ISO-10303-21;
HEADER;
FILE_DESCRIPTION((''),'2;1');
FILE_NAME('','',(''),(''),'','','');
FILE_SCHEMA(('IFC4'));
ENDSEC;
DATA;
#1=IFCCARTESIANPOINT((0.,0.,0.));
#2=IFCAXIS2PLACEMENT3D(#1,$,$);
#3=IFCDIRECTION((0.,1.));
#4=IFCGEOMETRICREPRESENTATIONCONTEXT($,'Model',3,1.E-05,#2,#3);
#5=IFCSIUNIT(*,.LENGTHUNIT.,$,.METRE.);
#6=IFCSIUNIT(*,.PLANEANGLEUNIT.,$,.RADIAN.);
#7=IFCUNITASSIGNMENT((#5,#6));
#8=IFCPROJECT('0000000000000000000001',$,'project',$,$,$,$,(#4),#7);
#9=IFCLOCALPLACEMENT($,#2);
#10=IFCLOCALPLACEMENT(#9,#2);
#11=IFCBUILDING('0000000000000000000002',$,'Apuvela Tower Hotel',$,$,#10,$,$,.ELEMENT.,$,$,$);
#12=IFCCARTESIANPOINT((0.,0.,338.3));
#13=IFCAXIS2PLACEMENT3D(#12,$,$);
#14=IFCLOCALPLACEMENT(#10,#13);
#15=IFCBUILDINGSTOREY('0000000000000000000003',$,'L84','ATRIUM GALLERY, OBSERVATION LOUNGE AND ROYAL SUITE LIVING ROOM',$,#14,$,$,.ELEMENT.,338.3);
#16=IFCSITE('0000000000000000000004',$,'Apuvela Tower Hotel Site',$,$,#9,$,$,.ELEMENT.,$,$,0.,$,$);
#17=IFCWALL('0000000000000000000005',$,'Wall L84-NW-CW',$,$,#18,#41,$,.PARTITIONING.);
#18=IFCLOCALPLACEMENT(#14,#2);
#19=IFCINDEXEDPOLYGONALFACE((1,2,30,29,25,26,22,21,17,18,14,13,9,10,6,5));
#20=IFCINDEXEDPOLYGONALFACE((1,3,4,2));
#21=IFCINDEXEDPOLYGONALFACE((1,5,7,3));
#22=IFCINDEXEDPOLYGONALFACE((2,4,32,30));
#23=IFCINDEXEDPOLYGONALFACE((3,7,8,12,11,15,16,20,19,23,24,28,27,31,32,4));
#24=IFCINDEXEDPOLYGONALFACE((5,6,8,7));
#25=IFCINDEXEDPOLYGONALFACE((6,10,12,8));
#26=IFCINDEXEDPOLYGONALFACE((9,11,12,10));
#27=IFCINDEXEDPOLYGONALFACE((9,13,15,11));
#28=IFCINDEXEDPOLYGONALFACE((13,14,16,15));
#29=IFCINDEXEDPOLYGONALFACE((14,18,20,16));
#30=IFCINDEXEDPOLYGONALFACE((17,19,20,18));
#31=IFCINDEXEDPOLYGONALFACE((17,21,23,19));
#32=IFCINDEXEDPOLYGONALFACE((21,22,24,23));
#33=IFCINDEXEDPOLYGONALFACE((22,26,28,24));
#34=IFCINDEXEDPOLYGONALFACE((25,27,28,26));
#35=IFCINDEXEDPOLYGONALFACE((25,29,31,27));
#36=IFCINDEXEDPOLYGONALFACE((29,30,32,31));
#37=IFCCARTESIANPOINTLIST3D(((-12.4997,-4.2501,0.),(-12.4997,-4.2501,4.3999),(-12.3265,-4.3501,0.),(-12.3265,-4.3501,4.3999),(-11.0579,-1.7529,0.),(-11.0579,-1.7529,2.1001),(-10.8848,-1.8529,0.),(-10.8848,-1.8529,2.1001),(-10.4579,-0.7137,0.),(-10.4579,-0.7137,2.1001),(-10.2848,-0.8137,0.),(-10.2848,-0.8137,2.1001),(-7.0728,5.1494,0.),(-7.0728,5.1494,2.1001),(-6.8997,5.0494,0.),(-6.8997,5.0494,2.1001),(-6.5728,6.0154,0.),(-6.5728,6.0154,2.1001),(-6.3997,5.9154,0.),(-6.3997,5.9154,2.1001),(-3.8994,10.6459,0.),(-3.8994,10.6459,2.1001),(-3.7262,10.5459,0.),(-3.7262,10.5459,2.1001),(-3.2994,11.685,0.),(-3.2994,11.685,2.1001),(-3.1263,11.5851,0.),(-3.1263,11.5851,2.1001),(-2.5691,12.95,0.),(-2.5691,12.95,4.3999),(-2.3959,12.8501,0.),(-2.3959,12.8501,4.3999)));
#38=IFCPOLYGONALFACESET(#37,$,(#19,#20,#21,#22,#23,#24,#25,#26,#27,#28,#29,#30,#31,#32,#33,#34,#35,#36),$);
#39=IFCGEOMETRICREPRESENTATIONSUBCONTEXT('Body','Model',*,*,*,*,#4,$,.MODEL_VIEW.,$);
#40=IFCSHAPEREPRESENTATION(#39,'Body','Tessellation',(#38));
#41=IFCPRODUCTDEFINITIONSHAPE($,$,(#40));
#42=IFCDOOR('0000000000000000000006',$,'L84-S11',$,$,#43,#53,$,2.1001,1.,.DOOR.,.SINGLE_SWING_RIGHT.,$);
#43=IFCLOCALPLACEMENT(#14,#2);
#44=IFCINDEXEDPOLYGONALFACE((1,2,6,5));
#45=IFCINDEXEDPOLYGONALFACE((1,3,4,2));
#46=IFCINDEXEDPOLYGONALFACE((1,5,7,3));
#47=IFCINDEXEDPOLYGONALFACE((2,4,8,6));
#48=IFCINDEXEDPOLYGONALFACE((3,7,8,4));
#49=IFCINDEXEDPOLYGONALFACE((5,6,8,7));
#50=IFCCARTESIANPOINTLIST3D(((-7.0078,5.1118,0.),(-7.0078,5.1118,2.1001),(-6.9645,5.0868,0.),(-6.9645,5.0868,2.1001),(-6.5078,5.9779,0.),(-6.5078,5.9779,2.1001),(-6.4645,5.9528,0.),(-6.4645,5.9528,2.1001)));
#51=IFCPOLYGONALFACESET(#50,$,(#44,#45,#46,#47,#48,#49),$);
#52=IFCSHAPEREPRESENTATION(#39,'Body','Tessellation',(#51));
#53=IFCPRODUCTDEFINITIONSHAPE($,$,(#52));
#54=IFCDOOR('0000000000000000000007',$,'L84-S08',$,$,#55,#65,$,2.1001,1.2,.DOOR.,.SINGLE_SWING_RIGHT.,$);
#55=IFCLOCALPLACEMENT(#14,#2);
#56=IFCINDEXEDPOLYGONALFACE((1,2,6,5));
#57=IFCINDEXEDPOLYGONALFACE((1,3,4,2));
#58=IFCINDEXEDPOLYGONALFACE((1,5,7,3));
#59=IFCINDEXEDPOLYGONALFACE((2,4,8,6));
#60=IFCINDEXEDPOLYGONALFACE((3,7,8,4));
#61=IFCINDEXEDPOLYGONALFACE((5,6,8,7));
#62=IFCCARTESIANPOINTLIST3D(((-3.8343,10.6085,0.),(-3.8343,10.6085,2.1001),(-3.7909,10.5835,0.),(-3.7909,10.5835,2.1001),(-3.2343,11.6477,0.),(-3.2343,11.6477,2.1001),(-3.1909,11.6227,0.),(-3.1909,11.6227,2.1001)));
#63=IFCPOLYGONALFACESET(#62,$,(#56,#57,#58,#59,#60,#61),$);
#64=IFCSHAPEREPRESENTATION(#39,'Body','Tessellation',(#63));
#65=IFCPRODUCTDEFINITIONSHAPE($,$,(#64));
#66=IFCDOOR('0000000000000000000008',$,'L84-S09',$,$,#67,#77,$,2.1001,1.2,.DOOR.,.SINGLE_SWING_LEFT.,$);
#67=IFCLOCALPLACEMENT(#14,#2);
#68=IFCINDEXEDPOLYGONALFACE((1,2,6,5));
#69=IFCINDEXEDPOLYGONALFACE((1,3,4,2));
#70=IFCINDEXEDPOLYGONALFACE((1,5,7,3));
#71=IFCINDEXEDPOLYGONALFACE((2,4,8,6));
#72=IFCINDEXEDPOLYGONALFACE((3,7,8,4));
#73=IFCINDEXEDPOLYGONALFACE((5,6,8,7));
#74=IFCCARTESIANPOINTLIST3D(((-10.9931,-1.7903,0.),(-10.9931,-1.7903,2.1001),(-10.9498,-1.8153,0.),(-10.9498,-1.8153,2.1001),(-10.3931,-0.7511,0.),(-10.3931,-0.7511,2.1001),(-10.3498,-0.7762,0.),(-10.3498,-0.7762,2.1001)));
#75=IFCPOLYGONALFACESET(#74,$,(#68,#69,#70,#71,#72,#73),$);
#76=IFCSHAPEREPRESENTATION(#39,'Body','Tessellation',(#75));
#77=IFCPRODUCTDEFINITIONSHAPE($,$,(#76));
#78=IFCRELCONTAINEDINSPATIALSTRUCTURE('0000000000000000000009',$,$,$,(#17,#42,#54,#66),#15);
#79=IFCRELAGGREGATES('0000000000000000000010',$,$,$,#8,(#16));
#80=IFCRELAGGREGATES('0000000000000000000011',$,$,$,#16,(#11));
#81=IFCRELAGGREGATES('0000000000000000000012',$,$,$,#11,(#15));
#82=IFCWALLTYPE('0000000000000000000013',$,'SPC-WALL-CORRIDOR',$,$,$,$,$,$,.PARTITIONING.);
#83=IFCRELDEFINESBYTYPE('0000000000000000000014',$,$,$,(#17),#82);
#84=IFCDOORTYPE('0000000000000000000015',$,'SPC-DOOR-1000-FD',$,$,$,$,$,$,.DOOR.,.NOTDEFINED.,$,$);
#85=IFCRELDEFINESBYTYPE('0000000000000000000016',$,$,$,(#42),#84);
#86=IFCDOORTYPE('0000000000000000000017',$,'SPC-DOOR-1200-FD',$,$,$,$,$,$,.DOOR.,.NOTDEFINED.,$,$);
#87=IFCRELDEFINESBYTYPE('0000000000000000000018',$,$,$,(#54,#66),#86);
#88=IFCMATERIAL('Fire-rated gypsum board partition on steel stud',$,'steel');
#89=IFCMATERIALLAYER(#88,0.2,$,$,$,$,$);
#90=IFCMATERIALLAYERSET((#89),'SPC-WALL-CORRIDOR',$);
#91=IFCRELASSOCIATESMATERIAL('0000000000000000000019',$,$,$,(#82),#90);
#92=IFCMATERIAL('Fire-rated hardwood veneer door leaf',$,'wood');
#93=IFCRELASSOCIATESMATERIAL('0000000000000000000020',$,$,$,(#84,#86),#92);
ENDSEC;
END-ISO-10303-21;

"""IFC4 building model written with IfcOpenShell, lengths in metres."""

from ifc_helpers import new_model, si_unit, direction, frame, frame_2d, origin, place, context, subcontext, project, spatial, rectangle, extrude, material, layer, layer_set, type_object, element, fill, save


model = new_model("IFC4")

# Units and contexts
model_context = context("Model", 3, precision=1e-05, world=origin(), true_north=direction((0.0, 1.0)))
body_context = subcontext(model_context, "Body", "Model", "MODEL_VIEW")
ifc_project = project(units=[si_unit("LENGTHUNIT", "METRE"), si_unit("PLANEANGLEUNIT", "RADIAN")], contexts=[model_context])

# Site, building, storey
site_placement = place(None, origin())
site = spatial("IfcSite", under=ifc_project, at=site_placement, Name="Apuvela Tower Hotel Site", CompositionType="ELEMENT", RefElevation=0.0)
building_placement = place(site_placement, origin())
building = spatial("IfcBuilding", under=site, at=building_placement, Name="Apuvela Tower Hotel", CompositionType="ELEMENT")
storey_placement = place(building_placement, frame((0.0, 0.0, 338.3)))
storey = spatial("IfcBuildingStorey", under=building, at=storey_placement, Name="L84", Description="ATRIUM GALLERY, OBSERVATION LOUNGE AND ROYAL SUITE LIVING ROOM", CompositionType="ELEMENT", Elevation=338.3)

# Wall, openings, doors
ifc_material_1 = material(Name="Fire-rated gypsum board partition on steel stud", Category="steel")
ifc_layer_1 = layer(ifc_material_1, 0.2)
ifc_layer_set_1 = layer_set([ifc_layer_1], Name="SPC-WALL-CORRIDOR")
wall_type_1 = type_object("IfcWallType", Name="SPC-WALL-CORRIDOR", PredefinedType="PARTITIONING", material=ifc_layer_set_1)
wall_1_placement = place(storey_placement, frame((-2.4824, 12.9001, 0.0), z_axis=(0.0, 0.0, 1.0), x_axis=(-0.500005, -0.866023, 0.0)))
wall_1 = element("IfcWall", 1, at=wall_1_placement, inside=storey, type_object=wall_type_1, Name="Wall L84-NW-CW", PredefinedType="PARTITIONING", context=body_context, shape_type="SweptSolid", body=[
    extrude(rectangle(XDim=19.8611, YDim=0.2, at=frame_2d((9.9307, 0.0))), origin(), (0.0, 0.0, 1.0), 4.3999),
])
opening_1_placement = place(wall_1_placement, frame((1.4607, 0.0, 0.0)))
opening_1 = element("IfcOpeningElement", 2, at=opening_1_placement, cuts=wall_1, PredefinedType="OPENING", context=body_context, shape_type="SweptSolid", body=[
    extrude(rectangle(XDim=1.2, YDim=2.1001, at=frame_2d((0.6001, 1.05))), frame((0.0, 0.1099, 0.0), z_axis=(0.0, -1.0, 0.0), x_axis=(1.0, 0.0, 0.0)), (0.0, 0.0, 1.0), 0.22),
])
opening_2_placement = place(wall_1_placement, frame((15.7776, 0.0, 0.0)))
opening_2 = element("IfcOpeningElement", 3, at=opening_2_placement, cuts=wall_1, PredefinedType="OPENING", context=body_context, shape_type="SweptSolid", body=[
    extrude(rectangle(XDim=1.2, YDim=2.1001, at=frame_2d((0.6001, 1.05))), frame((0.0, 0.1099, 0.0), z_axis=(0.0, -1.0, 0.0), x_axis=(1.0, 0.0, 0.0)), (0.0, 0.0, 1.0), 0.22),
])
opening_3_placement = place(wall_1_placement, frame((8.0076, 0.0, 0.0)))
opening_3 = element("IfcOpeningElement", 4, at=opening_3_placement, cuts=wall_1, PredefinedType="OPENING", context=body_context, shape_type="SweptSolid", body=[
    extrude(rectangle(XDim=1.0, YDim=2.1001, at=frame_2d((0.5, 1.05))), frame((0.0, 0.1099, 0.0), z_axis=(0.0, -1.0, 0.0), x_axis=(1.0, 0.0, 0.0)), (0.0, 0.0, 1.0), 0.22),
])
ifc_material_2 = material(Name="Fire-rated hardwood veneer door leaf", Category="wood")
door_type_1 = type_object("IfcDoorType", Name="SPC-DOOR-1000-FD", OperationType="NOTDEFINED", PredefinedType="DOOR", material=ifc_material_2)
door_1_placement = place(opening_3_placement, frame((1.0, 0.0, 0.0), z_axis=(0.0, 0.0, 1.0), x_axis=(-1.0, 0.0, 0.0)))
door_1 = element("IfcDoor", 5, at=door_1_placement, inside=storey, type_object=door_type_1, Name="L84-S11", OperationType="SINGLE_SWING_RIGHT", OverallHeight=2.1001, OverallWidth=1.0, PredefinedType="DOOR", context=body_context, shape_type="SweptSolid", body=[
    extrude(rectangle(XDim=1.0, YDim=2.1001, at=frame_2d((0.5, 1.05))), frame((0.0, 0.0249, 0.0), z_axis=(0.0, -1.0, 0.0), x_axis=(1.0, 0.0, 0.0)), (0.0, 0.0, 1.0), 0.05),
])
fill(opening_3, door_1)
door_type_2 = type_object("IfcDoorType", Name="SPC-DOOR-1200-FD", OperationType="NOTDEFINED", PredefinedType="DOOR", material=ifc_material_2)
door_2_placement = place(opening_1_placement, frame((1.2, 0.0, 0.0), z_axis=(0.0, 0.0, 1.0), x_axis=(-1.0, 0.0, 0.0)))
door_2 = element("IfcDoor", 6, at=door_2_placement, inside=storey, type_object=door_type_2, Name="L84-S08", OperationType="SINGLE_SWING_RIGHT", OverallHeight=2.1001, OverallWidth=1.2, PredefinedType="DOOR", context=body_context, shape_type="SweptSolid", body=[
    extrude(rectangle(XDim=1.2, YDim=2.1001, at=frame_2d((0.6001, 1.05))), frame((0.0, 0.0249, 0.0), z_axis=(0.0, -1.0, 0.0), x_axis=(1.0, 0.0, 0.0)), (0.0, 0.0, 1.0), 0.05),
])
fill(opening_1, door_2)
door_3_placement = place(opening_2_placement, origin())
door_3 = element("IfcDoor", 7, at=door_3_placement, inside=storey, type_object=door_type_2, Name="L84-S09", OperationType="SINGLE_SWING_LEFT", OverallHeight=2.1001, OverallWidth=1.2, PredefinedType="DOOR", context=body_context, shape_type="SweptSolid", body=[
    extrude(rectangle(XDim=1.2, YDim=2.1001, at=frame_2d((0.6001, 1.05))), frame((0.0, 0.0249, 0.0), z_axis=(0.0, -1.0, 0.0), x_axis=(1.0, 0.0, 0.0)), (0.0, 0.0, 1.0), 0.05),
])
fill(opening_2, door_3)

save(model, "model.ifc")
